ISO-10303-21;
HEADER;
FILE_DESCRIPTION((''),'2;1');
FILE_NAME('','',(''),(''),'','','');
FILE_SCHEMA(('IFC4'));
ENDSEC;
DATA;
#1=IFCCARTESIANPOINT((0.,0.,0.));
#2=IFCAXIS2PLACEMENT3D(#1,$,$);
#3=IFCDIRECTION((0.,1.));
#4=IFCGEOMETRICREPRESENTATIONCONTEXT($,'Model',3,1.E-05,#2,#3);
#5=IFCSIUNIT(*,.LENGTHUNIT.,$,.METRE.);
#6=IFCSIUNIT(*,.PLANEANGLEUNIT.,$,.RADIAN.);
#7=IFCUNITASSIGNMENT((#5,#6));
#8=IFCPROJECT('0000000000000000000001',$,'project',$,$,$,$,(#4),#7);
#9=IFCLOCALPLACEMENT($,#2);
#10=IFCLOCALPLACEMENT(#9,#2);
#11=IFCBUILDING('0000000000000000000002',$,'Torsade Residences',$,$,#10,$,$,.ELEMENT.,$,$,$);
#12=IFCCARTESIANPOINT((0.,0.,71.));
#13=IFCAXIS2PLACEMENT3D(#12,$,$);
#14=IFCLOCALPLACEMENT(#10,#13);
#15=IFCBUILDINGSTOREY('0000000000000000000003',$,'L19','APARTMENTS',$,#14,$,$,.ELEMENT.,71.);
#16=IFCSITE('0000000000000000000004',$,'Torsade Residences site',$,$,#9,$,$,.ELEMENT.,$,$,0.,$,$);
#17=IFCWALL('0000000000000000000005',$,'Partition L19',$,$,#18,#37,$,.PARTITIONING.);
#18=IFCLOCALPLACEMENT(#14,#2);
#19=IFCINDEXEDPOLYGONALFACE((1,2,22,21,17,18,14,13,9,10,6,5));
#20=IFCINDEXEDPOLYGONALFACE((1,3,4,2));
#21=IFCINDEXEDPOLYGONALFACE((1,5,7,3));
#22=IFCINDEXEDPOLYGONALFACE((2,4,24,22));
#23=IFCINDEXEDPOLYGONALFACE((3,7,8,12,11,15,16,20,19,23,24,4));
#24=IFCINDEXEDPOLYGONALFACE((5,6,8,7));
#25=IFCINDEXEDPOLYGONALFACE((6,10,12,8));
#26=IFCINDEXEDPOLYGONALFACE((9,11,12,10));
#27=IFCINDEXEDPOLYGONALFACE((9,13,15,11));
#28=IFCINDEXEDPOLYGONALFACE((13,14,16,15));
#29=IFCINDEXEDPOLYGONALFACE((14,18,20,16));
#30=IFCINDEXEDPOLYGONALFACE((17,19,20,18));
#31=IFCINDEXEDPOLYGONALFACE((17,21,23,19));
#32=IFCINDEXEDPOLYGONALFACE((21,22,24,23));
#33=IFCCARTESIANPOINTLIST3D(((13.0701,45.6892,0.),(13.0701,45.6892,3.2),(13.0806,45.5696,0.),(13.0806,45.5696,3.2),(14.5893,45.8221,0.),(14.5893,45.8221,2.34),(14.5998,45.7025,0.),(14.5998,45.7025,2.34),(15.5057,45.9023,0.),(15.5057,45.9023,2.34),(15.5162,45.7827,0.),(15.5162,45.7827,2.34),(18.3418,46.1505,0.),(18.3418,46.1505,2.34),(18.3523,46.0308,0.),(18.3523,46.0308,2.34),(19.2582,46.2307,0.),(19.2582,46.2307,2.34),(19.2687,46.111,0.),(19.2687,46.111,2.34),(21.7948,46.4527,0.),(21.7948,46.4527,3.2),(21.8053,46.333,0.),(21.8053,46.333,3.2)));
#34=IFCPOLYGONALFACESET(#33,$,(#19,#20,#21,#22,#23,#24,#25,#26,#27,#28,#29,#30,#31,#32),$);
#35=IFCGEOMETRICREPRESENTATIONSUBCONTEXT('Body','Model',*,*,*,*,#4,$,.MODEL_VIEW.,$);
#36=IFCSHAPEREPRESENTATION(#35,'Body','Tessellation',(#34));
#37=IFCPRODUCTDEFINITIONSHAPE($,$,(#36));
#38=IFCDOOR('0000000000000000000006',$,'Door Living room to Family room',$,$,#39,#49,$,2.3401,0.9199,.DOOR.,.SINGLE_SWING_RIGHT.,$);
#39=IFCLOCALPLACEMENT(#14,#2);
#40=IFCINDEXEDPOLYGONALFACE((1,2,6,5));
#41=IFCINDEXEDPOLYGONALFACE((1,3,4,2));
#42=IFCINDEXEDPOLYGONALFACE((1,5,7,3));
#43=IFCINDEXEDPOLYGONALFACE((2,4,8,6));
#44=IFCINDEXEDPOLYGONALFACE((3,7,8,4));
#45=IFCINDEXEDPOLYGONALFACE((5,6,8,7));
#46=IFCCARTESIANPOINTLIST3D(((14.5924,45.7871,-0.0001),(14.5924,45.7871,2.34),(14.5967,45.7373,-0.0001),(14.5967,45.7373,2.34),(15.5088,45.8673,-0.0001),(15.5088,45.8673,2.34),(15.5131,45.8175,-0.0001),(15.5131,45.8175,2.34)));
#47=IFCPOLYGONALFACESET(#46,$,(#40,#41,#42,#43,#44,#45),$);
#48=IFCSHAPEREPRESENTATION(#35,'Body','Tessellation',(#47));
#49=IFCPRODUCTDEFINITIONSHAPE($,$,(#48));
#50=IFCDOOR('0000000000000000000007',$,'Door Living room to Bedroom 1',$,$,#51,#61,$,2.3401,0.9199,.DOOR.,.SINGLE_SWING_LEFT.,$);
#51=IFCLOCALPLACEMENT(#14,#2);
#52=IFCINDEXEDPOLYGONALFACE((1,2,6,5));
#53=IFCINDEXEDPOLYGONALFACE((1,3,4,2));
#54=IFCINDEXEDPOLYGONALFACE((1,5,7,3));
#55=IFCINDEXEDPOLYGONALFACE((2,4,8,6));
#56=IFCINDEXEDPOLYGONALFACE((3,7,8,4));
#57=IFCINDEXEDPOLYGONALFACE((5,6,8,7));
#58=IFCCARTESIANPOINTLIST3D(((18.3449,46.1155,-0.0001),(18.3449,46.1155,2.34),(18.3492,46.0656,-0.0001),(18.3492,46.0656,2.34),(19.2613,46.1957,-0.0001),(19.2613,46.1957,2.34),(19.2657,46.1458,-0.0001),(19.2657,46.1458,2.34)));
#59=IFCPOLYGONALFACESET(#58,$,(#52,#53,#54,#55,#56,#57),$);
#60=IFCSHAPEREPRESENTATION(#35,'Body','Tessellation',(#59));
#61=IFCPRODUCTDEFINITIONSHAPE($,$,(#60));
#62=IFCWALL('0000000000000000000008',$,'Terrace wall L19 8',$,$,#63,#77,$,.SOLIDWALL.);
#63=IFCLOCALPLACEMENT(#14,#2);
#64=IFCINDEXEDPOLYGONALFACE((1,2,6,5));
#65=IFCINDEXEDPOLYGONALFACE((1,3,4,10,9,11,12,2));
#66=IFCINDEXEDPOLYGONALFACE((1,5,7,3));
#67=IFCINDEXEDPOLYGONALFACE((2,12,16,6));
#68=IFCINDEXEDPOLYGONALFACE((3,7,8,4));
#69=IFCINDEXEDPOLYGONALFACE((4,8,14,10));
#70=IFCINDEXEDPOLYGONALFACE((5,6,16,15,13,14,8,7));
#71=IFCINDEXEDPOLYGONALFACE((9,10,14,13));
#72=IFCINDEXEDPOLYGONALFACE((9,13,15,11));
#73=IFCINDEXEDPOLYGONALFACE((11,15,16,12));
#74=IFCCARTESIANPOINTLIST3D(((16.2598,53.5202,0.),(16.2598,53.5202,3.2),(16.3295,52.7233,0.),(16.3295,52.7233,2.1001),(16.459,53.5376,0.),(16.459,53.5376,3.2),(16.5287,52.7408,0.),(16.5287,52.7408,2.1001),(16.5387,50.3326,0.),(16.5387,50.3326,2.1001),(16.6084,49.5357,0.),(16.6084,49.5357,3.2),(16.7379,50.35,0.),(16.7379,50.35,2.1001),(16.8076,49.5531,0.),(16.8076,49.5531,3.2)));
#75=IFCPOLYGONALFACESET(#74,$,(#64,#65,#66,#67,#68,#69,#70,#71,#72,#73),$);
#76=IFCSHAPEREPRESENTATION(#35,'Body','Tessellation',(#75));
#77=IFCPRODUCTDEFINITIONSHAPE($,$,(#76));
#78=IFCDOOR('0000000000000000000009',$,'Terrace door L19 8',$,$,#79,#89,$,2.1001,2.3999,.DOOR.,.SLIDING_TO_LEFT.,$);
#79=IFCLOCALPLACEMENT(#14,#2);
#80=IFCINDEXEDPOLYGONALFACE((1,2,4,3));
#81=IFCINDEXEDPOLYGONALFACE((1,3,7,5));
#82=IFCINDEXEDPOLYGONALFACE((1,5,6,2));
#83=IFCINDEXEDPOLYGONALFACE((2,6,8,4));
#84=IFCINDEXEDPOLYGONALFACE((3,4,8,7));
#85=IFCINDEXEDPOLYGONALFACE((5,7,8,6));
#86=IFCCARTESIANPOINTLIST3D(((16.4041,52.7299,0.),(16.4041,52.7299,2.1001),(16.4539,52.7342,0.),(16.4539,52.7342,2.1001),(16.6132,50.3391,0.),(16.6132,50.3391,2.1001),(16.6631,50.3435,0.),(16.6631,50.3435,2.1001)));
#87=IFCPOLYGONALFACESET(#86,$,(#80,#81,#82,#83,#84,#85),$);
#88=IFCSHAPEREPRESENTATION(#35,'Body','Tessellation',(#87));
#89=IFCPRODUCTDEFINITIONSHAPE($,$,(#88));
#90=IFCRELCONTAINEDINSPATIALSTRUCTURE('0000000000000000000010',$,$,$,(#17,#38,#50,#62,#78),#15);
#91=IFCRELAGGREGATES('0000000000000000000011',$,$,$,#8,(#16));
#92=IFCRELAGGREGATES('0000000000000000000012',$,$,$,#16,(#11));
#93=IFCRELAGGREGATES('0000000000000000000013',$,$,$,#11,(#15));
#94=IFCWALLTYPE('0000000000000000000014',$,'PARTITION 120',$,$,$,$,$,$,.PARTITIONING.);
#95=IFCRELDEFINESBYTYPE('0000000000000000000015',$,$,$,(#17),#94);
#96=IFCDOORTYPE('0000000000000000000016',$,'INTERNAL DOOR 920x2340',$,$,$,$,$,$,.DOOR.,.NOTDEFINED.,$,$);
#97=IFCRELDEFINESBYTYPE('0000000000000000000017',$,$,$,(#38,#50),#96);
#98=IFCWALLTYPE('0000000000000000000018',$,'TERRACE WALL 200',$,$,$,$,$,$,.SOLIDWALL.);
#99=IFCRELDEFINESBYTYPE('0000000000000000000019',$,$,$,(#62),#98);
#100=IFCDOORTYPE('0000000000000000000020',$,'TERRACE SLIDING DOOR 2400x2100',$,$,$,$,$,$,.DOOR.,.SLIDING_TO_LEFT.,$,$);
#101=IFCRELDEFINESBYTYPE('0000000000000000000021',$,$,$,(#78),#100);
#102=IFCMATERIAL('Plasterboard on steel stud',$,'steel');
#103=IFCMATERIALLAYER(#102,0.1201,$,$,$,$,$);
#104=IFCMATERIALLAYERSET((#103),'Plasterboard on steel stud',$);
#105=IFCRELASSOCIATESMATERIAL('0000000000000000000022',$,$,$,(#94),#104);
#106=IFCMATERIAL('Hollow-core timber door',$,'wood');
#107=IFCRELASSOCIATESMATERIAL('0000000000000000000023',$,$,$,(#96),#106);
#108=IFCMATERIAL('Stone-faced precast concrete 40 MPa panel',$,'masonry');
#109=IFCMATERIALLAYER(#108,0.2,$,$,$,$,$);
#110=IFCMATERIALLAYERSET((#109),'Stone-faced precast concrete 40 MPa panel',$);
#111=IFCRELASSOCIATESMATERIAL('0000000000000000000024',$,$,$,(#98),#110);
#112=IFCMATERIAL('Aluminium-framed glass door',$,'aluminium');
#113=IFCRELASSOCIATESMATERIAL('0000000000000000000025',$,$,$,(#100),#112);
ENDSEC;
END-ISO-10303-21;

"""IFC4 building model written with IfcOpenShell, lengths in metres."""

from ifc_helpers import new_model, si_unit, direction, frame, frame_2d, origin, place, context, subcontext, project, spatial, rectangle, extrude, material, layer, layer_set, type_object, element, fill, save


model = new_model("IFC4")

# Units and contexts
model_context = context("Model", 3, precision=1e-05, world=origin(), true_north=direction((0.0, 1.0)))
body_context = subcontext(model_context, "Body", "Model", "MODEL_VIEW")
ifc_project = project(units=[si_unit("LENGTHUNIT", "METRE"), si_unit("PLANEANGLEUNIT", "RADIAN")], contexts=[model_context])

# Site, building, storey
site_placement = place(None, origin())
site = spatial("IfcSite", under=ifc_project, at=site_placement, Name="Torsade Residences site", CompositionType="ELEMENT", RefElevation=0.0)
building_placement = place(site_placement, origin())
building = spatial("IfcBuilding", under=site, at=building_placement, Name="Torsade Residences", CompositionType="ELEMENT")
storey_placement = place(building_placement, frame((0.0, 0.0, 71.0)))
storey = spatial("IfcBuildingStorey", under=building, at=storey_placement, Name="L19", Description="APARTMENTS", CompositionType="ELEMENT", Elevation=71.0)

# Wall, openings, doors
ifc_material_1 = material(Name="Plasterboard on steel stud", Category="steel")
ifc_layer_1 = layer(ifc_material_1, 0.1201)
ifc_layer_set_1 = layer_set([ifc_layer_1], Name="Plasterboard on steel stud")
wall_type_1 = type_object("IfcWallType", Name="PARTITION 120", PredefinedType="PARTITIONING", material=ifc_layer_set_1)
wall_1_placement = place(storey_placement, frame((13.0754, 45.6294, 0.0), z_axis=(0.0, 0.0, 1.0), x_axis=(0.996193, 0.08717, 0.0)))
wall_1 = element("IfcWall", 1, at=wall_1_placement, inside=storey, type_object=wall_type_1, Name="Partition L19", PredefinedType="PARTITIONING", context=body_context, shape_type="SweptSolid", body=[
    extrude(rectangle(XDim=8.7581, YDim=0.1201, at=frame_2d((4.3789, 0.0))), origin(), (0.0, 0.0, 1.0), 3.2),
])
opening_1_placement = place(wall_1_placement, frame((1.5249, 0.0, 0.0)))
opening_1 = element("IfcOpeningElement", 2, at=opening_1_placement, cuts=wall_1, PredefinedType="OPENING", context=body_context, shape_type="SweptSolid", body=[
    extrude(rectangle(XDim=0.9199, YDim=2.3401, at=frame_2d((0.46, 1.1699))), frame((0.0, 0.0701, 0.0), z_axis=(0.0, -1.0, 0.0), x_axis=(1.0, 0.0, 0.0)), (0.0, 0.0, 1.0), 0.1401),
])
opening_2_placement = place(wall_1_placement, frame((5.2917, 0.0, 0.0)))
opening_2 = element("IfcOpeningElement", 3, at=opening_2_placement, cuts=wall_1, PredefinedType="OPENING", context=body_context, shape_type="SweptSolid", body=[
    extrude(rectangle(XDim=0.9199, YDim=2.3401, at=frame_2d((0.46, 1.1699))), frame((0.0, 0.0701, 0.0), z_axis=(0.0, -1.0, 0.0), x_axis=(1.0, 0.0, 0.0)), (0.0, 0.0, 1.0), 0.1401),
])
ifc_material_2 = material(Name="Hollow-core timber door", Category="wood")
door_type_1 = type_object("IfcDoorType", Name="INTERNAL DOOR 920x2340", OperationType="NOTDEFINED", PredefinedType="DOOR", material=ifc_material_2)
door_1_placement = place(opening_1_placement, origin())
door_1 = element("IfcDoor", 4, at=door_1_placement, inside=storey, type_object=door_type_1, Name="Door Living room to Family room", OperationType="SINGLE_SWING_RIGHT", OverallHeight=2.3401, OverallWidth=0.9199, PredefinedType="DOOR", context=body_context, shape_type="SweptSolid", body=[
    extrude(rectangle(XDim=0.9199, YDim=2.3401, at=frame_2d((0.46, 1.1699))), frame((0.0, 0.0249, 0.0), z_axis=(0.0, -1.0, 0.0), x_axis=(1.0, 0.0, 0.0)), (0.0, 0.0, 1.0), 0.05),
])
fill(opening_1, door_1)
door_2_placement = place(opening_2_placement, origin())
door_2 = element("IfcDoor", 5, at=door_2_placement, inside=storey, type_object=door_type_1, Name="Door Living room to Bedroom 1", OperationType="SINGLE_SWING_LEFT", OverallHeight=2.3401, OverallWidth=0.9199, PredefinedType="DOOR", context=body_context, shape_type="SweptSolid", body=[
    extrude(rectangle(XDim=0.9199, YDim=2.3401, at=frame_2d((0.46, 1.1699))), frame((0.0, 0.0249, 0.0), z_axis=(0.0, -1.0, 0.0), x_axis=(1.0, 0.0, 0.0)), (0.0, 0.0, 1.0), 0.05),
])
fill(opening_2, door_2)

# Wall, opening, door
ifc_material_3 = material(Name="Stone-faced precast concrete 40 MPa panel", Category="masonry")
ifc_layer_2 = layer(ifc_material_3, 0.2)
ifc_layer_set_2 = layer_set([ifc_layer_2], Name="Stone-faced precast concrete 40 MPa panel")
wall_type_2 = type_object("IfcWallType", Name="TERRACE WALL 200", PredefinedType="SOLIDWALL", material=ifc_layer_set_2)
wall_2_placement = place(storey_placement, frame((16.3594, 53.5291, 0.0), z_axis=(0.0, 0.0, 1.0), x_axis=(0.087162, -0.996194, 0.0)))
wall_2 = element("IfcWall", 6, at=wall_2_placement, inside=storey, type_object=wall_type_2, Name="Terrace wall L19 8", PredefinedType="SOLIDWALL", context=body_context, shape_type="SweptSolid", body=[
    extrude(rectangle(XDim=3.9998, YDim=0.2, at=frame_2d((2.0, 0.0))), origin(), (0.0, 0.0, 1.0), 3.2),
])
opening_3_placement = place(wall_2_placement, frame((0.8, 0.0, 0.0)))
opening_3 = element("IfcOpeningElement", 7, at=opening_3_placement, cuts=wall_2, PredefinedType="OPENING", context=body_context, shape_type="SweptSolid", body=[
    extrude(rectangle(XDim=2.3999, YDim=2.1001, at=frame_2d((1.2, 1.05))), frame((0.0, 0.1099, 0.0), z_axis=(0.0, -1.0, 0.0), x_axis=(1.0, 0.0, 0.0)), (0.0, 0.0, 1.0), 0.22),
])
ifc_material_4 = material(Name="Aluminium-framed glass door", Category="aluminium")
door_type_2 = type_object("IfcDoorType", Name="TERRACE SLIDING DOOR 2400x2100", OperationType="SLIDING_TO_LEFT", PredefinedType="DOOR", material=ifc_material_4)
door_3_placement = place(opening_3_placement, origin())
door_3 = element("IfcDoor", 8, at=door_3_placement, inside=storey, type_object=door_type_2, Name="Terrace door L19 8", OperationType="SLIDING_TO_LEFT", OverallHeight=2.1001, OverallWidth=2.3999, PredefinedType="DOOR", context=body_context, shape_type="SweptSolid", body=[
    extrude(rectangle(XDim=2.3999, YDim=2.1001, at=frame_2d((1.2, 1.05))), frame((0.0, 0.0249, 0.0), z_axis=(0.0, -1.0, 0.0), x_axis=(1.0, 0.0, 0.0)), (0.0, 0.0, 1.0), 0.05),
])
fill(opening_3, door_3)

save(model, "model.ifc")
